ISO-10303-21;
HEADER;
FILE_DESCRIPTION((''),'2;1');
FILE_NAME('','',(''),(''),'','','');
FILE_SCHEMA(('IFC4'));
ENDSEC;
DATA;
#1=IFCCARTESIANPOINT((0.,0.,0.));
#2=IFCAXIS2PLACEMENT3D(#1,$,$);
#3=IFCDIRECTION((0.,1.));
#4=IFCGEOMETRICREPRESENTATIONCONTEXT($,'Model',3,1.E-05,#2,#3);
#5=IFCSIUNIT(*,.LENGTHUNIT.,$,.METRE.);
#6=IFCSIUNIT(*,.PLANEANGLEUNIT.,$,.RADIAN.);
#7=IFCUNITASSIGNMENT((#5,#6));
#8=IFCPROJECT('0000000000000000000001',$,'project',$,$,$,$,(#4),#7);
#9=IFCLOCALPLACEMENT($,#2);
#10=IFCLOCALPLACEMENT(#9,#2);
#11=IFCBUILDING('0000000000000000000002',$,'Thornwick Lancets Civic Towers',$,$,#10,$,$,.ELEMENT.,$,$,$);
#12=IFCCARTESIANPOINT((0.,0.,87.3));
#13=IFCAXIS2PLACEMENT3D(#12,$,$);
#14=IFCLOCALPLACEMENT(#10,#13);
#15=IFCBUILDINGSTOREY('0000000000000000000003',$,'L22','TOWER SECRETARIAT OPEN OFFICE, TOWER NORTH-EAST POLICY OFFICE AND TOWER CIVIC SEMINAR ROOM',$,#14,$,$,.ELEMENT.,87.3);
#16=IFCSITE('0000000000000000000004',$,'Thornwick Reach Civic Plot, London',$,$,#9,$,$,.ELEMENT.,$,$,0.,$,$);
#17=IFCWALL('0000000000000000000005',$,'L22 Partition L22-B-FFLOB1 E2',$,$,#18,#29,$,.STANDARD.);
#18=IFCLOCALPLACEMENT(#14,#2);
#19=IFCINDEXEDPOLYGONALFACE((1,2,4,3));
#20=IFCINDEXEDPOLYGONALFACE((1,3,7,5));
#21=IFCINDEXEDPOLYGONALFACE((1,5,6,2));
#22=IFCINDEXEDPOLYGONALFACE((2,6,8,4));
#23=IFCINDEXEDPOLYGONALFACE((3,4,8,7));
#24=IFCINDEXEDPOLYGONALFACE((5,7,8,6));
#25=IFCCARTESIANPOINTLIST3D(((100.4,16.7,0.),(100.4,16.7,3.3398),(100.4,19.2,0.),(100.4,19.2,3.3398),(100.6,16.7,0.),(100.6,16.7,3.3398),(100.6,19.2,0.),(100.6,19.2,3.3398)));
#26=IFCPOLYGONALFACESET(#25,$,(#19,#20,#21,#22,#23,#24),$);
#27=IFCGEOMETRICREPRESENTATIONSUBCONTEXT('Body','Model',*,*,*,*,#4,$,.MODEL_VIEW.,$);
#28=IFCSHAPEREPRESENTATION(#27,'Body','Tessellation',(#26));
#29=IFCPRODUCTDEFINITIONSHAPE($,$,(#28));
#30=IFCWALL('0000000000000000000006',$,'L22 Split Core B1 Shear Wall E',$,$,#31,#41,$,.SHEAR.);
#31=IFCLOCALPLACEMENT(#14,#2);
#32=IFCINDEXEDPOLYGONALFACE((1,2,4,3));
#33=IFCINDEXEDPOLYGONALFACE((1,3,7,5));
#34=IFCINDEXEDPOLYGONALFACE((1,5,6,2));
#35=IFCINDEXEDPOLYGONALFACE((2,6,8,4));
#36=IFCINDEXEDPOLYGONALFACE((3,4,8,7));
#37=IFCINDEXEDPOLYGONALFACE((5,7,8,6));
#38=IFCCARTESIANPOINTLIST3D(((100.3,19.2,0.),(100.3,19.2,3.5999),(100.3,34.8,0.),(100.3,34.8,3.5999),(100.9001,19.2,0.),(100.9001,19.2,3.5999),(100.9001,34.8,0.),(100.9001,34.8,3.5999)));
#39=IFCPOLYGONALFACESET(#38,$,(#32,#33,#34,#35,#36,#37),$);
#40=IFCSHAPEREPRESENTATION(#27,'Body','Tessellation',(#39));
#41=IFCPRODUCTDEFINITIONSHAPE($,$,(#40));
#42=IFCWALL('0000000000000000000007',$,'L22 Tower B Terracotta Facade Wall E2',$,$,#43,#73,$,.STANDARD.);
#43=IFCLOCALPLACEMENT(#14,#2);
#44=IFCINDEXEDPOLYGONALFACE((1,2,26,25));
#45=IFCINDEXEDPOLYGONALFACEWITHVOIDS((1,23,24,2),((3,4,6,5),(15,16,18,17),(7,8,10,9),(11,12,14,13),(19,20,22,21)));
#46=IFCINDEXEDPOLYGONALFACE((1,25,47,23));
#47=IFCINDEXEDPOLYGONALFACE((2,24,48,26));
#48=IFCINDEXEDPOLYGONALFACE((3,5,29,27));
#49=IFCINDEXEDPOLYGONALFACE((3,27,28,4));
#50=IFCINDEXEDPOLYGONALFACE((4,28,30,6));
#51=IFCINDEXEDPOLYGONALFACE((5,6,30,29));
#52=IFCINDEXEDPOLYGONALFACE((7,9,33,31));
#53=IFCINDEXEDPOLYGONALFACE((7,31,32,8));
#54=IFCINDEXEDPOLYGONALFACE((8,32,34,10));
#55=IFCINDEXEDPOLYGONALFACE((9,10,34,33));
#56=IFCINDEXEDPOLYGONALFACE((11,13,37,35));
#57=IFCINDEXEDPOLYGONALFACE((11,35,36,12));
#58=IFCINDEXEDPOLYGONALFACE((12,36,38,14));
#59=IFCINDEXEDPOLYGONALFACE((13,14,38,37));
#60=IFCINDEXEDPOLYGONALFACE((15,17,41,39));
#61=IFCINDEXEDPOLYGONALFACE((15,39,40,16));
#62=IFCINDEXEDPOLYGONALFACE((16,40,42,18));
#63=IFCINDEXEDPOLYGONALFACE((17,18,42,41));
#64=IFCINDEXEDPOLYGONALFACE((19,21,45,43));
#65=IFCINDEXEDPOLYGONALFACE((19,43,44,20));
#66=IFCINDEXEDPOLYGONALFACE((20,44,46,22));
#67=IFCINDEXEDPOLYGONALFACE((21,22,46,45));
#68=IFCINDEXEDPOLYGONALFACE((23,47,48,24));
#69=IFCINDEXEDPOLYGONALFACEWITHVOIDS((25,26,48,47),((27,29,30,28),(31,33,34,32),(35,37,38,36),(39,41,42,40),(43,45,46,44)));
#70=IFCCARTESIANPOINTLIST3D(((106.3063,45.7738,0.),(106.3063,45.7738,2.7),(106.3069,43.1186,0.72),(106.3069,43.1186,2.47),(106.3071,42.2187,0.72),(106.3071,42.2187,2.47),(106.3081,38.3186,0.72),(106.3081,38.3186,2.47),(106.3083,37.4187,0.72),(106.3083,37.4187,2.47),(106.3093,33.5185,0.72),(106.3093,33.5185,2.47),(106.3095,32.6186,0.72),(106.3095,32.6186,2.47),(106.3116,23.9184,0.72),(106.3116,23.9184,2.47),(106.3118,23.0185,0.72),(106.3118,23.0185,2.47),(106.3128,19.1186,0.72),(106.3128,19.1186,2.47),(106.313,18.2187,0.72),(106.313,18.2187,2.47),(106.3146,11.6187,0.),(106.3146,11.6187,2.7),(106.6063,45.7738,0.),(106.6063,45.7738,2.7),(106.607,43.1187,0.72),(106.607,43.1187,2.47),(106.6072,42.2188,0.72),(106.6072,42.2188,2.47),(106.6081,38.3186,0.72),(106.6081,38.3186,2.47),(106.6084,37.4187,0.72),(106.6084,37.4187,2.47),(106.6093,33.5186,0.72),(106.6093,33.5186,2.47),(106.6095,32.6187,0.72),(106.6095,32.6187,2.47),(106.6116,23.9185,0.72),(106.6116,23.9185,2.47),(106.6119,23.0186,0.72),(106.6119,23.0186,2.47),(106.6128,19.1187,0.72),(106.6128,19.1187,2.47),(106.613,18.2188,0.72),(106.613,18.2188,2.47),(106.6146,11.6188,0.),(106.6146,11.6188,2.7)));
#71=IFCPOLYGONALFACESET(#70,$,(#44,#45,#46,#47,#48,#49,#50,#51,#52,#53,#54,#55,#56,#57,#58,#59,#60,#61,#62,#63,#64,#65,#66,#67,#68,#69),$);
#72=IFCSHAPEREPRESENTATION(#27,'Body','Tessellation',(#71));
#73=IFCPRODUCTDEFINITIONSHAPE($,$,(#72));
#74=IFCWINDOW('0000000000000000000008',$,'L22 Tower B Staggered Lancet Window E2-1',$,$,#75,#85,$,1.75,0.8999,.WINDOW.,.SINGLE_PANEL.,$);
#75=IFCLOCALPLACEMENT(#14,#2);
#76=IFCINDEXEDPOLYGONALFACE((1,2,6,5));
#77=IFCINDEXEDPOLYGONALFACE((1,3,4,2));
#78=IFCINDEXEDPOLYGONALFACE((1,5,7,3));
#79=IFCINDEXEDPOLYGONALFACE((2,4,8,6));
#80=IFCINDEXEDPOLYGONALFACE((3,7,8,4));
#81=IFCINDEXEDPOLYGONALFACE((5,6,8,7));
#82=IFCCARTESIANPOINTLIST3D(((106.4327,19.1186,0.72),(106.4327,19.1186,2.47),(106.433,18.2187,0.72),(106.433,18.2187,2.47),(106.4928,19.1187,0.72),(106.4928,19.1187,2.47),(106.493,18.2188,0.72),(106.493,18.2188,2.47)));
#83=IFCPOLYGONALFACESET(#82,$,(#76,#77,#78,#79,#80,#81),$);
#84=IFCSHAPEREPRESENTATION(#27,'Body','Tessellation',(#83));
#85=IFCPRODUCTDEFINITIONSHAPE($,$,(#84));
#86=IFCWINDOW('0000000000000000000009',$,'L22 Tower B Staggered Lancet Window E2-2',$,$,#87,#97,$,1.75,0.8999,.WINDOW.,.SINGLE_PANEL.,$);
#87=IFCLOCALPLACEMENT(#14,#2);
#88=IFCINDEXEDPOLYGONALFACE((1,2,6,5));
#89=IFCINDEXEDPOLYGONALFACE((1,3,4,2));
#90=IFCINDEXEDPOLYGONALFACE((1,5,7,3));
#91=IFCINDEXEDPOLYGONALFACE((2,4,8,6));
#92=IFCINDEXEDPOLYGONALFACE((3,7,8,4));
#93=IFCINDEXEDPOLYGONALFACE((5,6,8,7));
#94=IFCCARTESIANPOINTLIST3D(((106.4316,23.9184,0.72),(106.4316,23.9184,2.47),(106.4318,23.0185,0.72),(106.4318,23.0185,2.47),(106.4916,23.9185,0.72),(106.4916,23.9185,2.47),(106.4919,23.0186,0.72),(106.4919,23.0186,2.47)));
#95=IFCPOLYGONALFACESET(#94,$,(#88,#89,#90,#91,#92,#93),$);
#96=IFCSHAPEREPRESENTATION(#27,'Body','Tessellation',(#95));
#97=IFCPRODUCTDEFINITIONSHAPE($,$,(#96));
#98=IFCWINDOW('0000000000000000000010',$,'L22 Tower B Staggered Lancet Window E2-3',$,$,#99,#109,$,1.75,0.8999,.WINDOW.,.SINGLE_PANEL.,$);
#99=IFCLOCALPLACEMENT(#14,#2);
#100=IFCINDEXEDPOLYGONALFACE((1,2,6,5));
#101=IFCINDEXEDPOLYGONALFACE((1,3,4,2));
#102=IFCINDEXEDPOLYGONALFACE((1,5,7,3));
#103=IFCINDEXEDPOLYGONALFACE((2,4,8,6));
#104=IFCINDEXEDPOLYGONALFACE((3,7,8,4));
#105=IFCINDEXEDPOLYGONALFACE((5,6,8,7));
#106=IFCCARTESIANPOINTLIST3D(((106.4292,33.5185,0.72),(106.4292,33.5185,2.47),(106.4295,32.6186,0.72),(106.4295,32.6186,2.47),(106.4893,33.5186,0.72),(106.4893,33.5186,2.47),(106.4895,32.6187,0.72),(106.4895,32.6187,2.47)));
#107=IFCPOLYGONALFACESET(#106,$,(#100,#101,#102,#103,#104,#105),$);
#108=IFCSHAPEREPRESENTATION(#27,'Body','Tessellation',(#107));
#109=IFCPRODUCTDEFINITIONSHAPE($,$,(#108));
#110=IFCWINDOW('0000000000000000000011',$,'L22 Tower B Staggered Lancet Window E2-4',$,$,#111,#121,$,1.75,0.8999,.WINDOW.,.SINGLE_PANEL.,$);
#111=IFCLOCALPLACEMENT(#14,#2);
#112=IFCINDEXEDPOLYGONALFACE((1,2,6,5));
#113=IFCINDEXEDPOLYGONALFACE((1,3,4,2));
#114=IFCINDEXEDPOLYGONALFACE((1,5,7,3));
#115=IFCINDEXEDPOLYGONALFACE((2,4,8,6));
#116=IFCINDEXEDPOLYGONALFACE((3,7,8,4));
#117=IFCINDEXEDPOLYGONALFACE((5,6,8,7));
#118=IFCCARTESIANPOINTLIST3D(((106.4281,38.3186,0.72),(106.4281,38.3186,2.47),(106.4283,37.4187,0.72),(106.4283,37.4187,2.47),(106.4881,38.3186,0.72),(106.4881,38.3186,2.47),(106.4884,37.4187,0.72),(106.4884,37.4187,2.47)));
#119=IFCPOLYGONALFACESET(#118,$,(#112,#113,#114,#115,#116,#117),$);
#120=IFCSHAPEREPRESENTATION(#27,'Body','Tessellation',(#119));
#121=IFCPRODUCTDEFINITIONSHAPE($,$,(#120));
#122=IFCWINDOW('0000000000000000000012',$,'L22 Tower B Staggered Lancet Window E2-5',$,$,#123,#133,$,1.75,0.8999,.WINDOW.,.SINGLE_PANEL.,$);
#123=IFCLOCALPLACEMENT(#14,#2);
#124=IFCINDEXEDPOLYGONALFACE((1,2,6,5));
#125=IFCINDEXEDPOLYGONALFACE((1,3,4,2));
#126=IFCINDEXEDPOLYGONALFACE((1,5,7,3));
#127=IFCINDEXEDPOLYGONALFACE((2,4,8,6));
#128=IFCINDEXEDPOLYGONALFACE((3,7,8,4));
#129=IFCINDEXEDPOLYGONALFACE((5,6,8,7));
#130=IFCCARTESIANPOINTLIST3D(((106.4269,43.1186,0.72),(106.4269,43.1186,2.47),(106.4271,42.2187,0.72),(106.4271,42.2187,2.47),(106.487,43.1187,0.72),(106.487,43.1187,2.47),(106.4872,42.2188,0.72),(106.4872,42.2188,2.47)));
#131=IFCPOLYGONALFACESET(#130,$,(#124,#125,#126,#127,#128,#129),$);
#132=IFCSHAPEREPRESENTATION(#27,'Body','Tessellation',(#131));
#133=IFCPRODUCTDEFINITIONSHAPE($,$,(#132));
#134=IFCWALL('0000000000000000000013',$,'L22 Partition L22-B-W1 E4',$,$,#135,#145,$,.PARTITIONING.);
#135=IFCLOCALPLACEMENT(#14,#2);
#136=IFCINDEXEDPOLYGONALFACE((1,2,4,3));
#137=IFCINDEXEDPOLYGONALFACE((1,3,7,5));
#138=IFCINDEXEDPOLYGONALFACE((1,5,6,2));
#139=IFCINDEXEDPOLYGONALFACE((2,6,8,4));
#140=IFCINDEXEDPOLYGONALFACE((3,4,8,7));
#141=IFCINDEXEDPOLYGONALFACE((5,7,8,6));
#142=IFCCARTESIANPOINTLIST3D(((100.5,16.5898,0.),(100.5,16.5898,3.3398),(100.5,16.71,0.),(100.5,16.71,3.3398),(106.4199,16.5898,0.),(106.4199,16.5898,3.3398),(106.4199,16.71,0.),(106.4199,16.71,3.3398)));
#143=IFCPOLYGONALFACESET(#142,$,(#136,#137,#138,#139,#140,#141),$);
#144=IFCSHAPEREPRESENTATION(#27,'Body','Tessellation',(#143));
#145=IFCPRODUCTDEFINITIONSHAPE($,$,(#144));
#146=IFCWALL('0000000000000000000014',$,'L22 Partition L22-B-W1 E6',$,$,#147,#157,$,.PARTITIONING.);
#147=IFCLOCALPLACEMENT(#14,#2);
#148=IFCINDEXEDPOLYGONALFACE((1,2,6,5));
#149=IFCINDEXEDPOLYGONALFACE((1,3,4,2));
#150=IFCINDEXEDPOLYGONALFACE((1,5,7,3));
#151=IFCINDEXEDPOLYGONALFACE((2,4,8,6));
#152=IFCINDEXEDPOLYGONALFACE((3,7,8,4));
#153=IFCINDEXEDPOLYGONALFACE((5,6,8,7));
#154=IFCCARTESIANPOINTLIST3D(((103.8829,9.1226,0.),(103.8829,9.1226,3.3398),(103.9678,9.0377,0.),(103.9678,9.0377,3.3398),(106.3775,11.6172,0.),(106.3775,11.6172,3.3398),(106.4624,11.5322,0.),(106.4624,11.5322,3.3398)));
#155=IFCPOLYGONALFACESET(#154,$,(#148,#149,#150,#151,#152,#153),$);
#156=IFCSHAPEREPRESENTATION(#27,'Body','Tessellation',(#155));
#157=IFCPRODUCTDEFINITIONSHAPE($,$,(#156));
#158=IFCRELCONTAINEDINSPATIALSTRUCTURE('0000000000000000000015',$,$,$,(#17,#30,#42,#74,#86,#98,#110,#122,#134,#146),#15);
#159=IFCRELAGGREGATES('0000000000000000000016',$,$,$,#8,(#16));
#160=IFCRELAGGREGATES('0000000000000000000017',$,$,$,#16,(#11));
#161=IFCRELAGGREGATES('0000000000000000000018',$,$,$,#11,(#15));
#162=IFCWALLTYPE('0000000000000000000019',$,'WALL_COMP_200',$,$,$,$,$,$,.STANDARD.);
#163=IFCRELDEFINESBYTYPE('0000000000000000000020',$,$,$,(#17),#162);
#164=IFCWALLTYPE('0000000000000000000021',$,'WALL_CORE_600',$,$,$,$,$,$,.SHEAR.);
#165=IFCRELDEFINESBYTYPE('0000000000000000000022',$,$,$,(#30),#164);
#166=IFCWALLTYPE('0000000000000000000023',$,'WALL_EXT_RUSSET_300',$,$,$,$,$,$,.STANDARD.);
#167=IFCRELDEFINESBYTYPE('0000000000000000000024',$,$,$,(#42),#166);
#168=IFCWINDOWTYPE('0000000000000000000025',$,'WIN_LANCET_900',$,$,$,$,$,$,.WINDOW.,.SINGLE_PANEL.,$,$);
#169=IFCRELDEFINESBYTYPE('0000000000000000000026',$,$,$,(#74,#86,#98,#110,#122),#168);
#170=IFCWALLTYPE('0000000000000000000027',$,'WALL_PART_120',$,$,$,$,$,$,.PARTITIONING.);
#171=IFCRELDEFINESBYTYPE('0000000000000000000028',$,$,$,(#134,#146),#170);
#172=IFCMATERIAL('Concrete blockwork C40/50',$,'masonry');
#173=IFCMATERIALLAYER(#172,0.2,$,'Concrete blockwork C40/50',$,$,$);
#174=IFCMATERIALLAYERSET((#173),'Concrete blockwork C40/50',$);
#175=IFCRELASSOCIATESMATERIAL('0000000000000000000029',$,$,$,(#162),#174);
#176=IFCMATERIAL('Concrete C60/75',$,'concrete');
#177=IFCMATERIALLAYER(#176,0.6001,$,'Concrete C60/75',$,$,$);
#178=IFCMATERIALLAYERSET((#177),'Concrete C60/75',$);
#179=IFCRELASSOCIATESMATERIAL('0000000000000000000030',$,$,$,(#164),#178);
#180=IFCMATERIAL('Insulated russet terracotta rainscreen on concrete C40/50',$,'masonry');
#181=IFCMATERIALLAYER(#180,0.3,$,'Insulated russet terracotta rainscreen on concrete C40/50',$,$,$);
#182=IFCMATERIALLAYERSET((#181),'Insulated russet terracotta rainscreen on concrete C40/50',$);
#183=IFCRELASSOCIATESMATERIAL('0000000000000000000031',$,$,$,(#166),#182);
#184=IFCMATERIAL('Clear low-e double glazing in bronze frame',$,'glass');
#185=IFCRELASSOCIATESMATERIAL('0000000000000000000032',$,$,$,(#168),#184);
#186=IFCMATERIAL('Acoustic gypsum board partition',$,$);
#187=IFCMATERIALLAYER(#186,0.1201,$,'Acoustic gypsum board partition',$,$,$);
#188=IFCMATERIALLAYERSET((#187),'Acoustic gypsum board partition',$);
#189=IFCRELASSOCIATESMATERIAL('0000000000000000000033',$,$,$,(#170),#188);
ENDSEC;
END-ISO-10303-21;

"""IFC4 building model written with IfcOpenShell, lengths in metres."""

from ifc_helpers import new_model, si_unit, direction, frame, frame_2d, origin, place, context, subcontext, project, spatial, rectangle, extrude, material, layer, layer_set, type_object, element, fill, save


model = new_model("IFC4")

# Units and contexts
model_context = context("Model", 3, precision=1e-05, world=origin(), true_north=direction((0.0, 1.0)))
body_context = subcontext(model_context, "Body", "Model", "MODEL_VIEW")
ifc_project = project(units=[si_unit("LENGTHUNIT", "METRE"), si_unit("PLANEANGLEUNIT", "RADIAN")], contexts=[model_context])

# Site, building, storey
site_placement = place(None, origin())
site = spatial("IfcSite", under=ifc_project, at=site_placement, Name="Thornwick Reach Civic Plot, London", CompositionType="ELEMENT", RefElevation=0.0)
building_placement = place(site_placement, origin())
building = spatial("IfcBuilding", under=site, at=building_placement, Name="Thornwick Lancets Civic Towers", CompositionType="ELEMENT")
storey_placement = place(building_placement, frame((0.0, 0.0, 87.3)))
storey = spatial("IfcBuildingStorey", under=building, at=storey_placement, Name="L22", Description="TOWER SECRETARIAT OPEN OFFICE, TOWER NORTH-EAST POLICY OFFICE AND TOWER CIVIC SEMINAR ROOM", CompositionType="ELEMENT", Elevation=87.3)

# Shared definitions
ifc_material_1 = material(Name="Concrete C60/75", Category="concrete")

# Walls
ifc_material_2 = material(Name="Concrete blockwork C40/50", Category="masonry")
ifc_layer_1 = layer(ifc_material_2, 0.2, Name="Concrete blockwork C40/50")
ifc_layer_set_1 = layer_set([ifc_layer_1], Name="Concrete blockwork C40/50")
wall_type_1 = type_object("IfcWallType", Name="WALL_COMP_200", PredefinedType="STANDARD", material=ifc_layer_set_1)
wall_1_placement = place(storey_placement, frame((100.5, 16.7, 0.0), z_axis=(0.0, 0.0, 1.0), x_axis=(0.0, 1.0, 0.0)))
element("IfcWall", 1, at=wall_1_placement, inside=storey, type_object=wall_type_1, Name="L22 Partition L22-B-FFLOB1 E2", PredefinedType="STANDARD", context=body_context, shape_type="SweptSolid", body=[
    extrude(rectangle(XDim=2.5, YDim=0.2, at=frame_2d((1.25, 0.0))), origin(), (0.0, 0.0, 1.0), 3.3398),
])
ifc_layer_2 = layer(ifc_material_1, 0.6001, Name="Concrete C60/75")
ifc_layer_set_2 = layer_set([ifc_layer_2], Name="Concrete C60/75")
wall_type_2 = type_object("IfcWallType", Name="WALL_CORE_600", PredefinedType="SHEAR", material=ifc_layer_set_2)
wall_2_placement = place(storey_placement, frame((100.6001, 19.2, 0.0), z_axis=(0.0, 0.0, 1.0), x_axis=(0.0, 1.0, 0.0)))
element("IfcWall", 2, at=wall_2_placement, inside=storey, type_object=wall_type_2, Name="L22 Split Core B1 Shear Wall E", PredefinedType="SHEAR", context=body_context, shape_type="SweptSolid", body=[
    extrude(rectangle(XDim=15.6001, YDim=0.6001, at=frame_2d((7.8, 0.0))), origin(), (0.0, 0.0, 1.0), 3.5999),
])

# Wall, openings, windows
ifc_material_3 = material(Name="Insulated russet terracotta rainscreen on concrete C40/50", Category="masonry")
ifc_layer_3 = layer(ifc_material_3, 0.3, Name="Insulated russet terracotta rainscreen on concrete C40/50")
ifc_layer_set_3 = layer_set([ifc_layer_3], Name="Insulated russet terracotta rainscreen on concrete C40/50")
wall_type_3 = type_object("IfcWallType", Name="WALL_EXT_RUSSET_300", PredefinedType="STANDARD", material=ifc_layer_set_3)
wall_3_placement = place(storey_placement, frame((106.4646, 11.6187, 0.0), z_axis=(0.0, 0.0, 1.0), x_axis=(-0.000243, 1.0, 0.0)))
wall_3 = element("IfcWall", 3, at=wall_3_placement, inside=storey, type_object=wall_type_3, Name="L22 Tower B Terracotta Facade Wall E2", PredefinedType="STANDARD", context=body_context, shape_type="SweptSolid", body=[
    extrude(rectangle(XDim=34.155, YDim=0.3, at=frame_2d((17.0776, 0.0))), origin(), (0.0, 0.0, 1.0), 2.7),
])
opening_1_placement = place(wall_3_placement, frame((6.6001, 0.0, 0.72)))
opening_1 = element("IfcOpeningElement", 4, at=opening_1_placement, cuts=wall_3, PredefinedType="OPENING", context=body_context, shape_type="SweptSolid", body=[
    extrude(rectangle(XDim=0.8999, YDim=1.75, at=frame_2d((0.45, 0.875))), frame((0.0, 0.1602, 0.0), z_axis=(0.0, -1.0, 0.0), x_axis=(1.0, 0.0, 0.0)), (0.0, 0.0, 1.0), 0.3201),
])
opening_2_placement = place(wall_3_placement, frame((11.3999, 0.0, 0.72)))
opening_2 = element("IfcOpeningElement", 5, at=opening_2_placement, cuts=wall_3, PredefinedType="OPENING", context=body_context, shape_type="SweptSolid", body=[
    extrude(rectangle(XDim=0.8999, YDim=1.75, at=frame_2d((0.45, 0.875))), frame((0.0, 0.1602, 0.0), z_axis=(0.0, -1.0, 0.0), x_axis=(1.0, 0.0, 0.0)), (0.0, 0.0, 1.0), 0.3201),
])
opening_3_placement = place(wall_3_placement, frame((21.0, 0.0, 0.72)))
opening_3 = element("IfcOpeningElement", 6, at=opening_3_placement, cuts=wall_3, PredefinedType="OPENING", context=body_context, shape_type="SweptSolid", body=[
    extrude(rectangle(XDim=0.8999, YDim=1.75, at=frame_2d((0.45, 0.875))), frame((0.0, 0.1602, 0.0), z_axis=(0.0, -1.0, 0.0), x_axis=(1.0, 0.0, 0.0)), (0.0, 0.0, 1.0), 0.3201),
])
opening_4_placement = place(wall_3_placement, frame((25.8, 0.0, 0.72)))
opening_4 = element("IfcOpeningElement", 7, at=opening_4_placement, cuts=wall_3, PredefinedType="OPENING", context=body_context, shape_type="SweptSolid", body=[
    extrude(rectangle(XDim=0.8999, YDim=1.75, at=frame_2d((0.45, 0.875))), frame((0.0, 0.1602, 0.0), z_axis=(0.0, -1.0, 0.0), x_axis=(1.0, 0.0, 0.0)), (0.0, 0.0, 1.0), 0.3201),
])
opening_5_placement = place(wall_3_placement, frame((30.6001, 0.0, 0.72)))
opening_5 = element("IfcOpeningElement", 8, at=opening_5_placement, cuts=wall_3, PredefinedType="OPENING", context=body_context, shape_type="SweptSolid", body=[
    extrude(rectangle(XDim=0.8999, YDim=1.75, at=frame_2d((0.45, 0.875))), frame((0.0, 0.1602, 0.0), z_axis=(0.0, -1.0, 0.0), x_axis=(1.0, 0.0, 0.0)), (0.0, 0.0, 1.0), 0.3201),
])
ifc_material_4 = material(Name="Clear low-e double glazing in bronze frame", Category="glass")
window_type = type_object("IfcWindowType", Name="WIN_LANCET_900", PartitioningType="SINGLE_PANEL", PredefinedType="WINDOW", material=ifc_material_4)
window_1_placement = place(opening_1_placement, origin())
window_1 = element("IfcWindow", 9, at=window_1_placement, inside=storey, type_object=window_type, Name="L22 Tower B Staggered Lancet Window E2-1", OverallHeight=1.75, OverallWidth=0.8999, PartitioningType="SINGLE_PANEL", PredefinedType="WINDOW", context=body_context, shape_type="SweptSolid", body=[
    extrude(rectangle(XDim=0.8999, YDim=1.75, at=frame_2d((0.45, 0.875))), frame((0.0, 0.03, 0.0), z_axis=(0.0, -1.0, 0.0), x_axis=(1.0, 0.0, 0.0)), (0.0, 0.0, 1.0), 0.0601),
])
fill(opening_1, window_1)
window_2_placement = place(opening_2_placement, origin())
window_2 = element("IfcWindow", 10, at=window_2_placement, inside=storey, type_object=window_type, Name="L22 Tower B Staggered Lancet Window E2-2", OverallHeight=1.75, OverallWidth=0.8999, PartitioningType="SINGLE_PANEL", PredefinedType="WINDOW", context=body_context, shape_type="SweptSolid", body=[
    extrude(rectangle(XDim=0.8999, YDim=1.75, at=frame_2d((0.45, 0.875))), frame((0.0, 0.03, 0.0), z_axis=(0.0, -1.0, 0.0), x_axis=(1.0, 0.0, 0.0)), (0.0, 0.0, 1.0), 0.0601),
])
fill(opening_2, window_2)
window_3_placement = place(opening_3_placement, origin())
window_3 = element("IfcWindow", 11, at=window_3_placement, inside=storey, type_object=window_type, Name="L22 Tower B Staggered Lancet Window E2-3", OverallHeight=1.75, OverallWidth=0.8999, PartitioningType="SINGLE_PANEL", PredefinedType="WINDOW", context=body_context, shape_type="SweptSolid", body=[
    extrude(rectangle(XDim=0.8999, YDim=1.75, at=frame_2d((0.45, 0.875))), frame((0.0, 0.03, 0.0), z_axis=(0.0, -1.0, 0.0), x_axis=(1.0, 0.0, 0.0)), (0.0, 0.0, 1.0), 0.0601),
])
fill(opening_3, window_3)
window_4_placement = place(opening_4_placement, origin())
window_4 = element("IfcWindow", 12, at=window_4_placement, inside=storey, type_object=window_type, Name="L22 Tower B Staggered Lancet Window E2-4", OverallHeight=1.75, OverallWidth=0.8999, PartitioningType="SINGLE_PANEL", PredefinedType="WINDOW", context=body_context, shape_type="SweptSolid", body=[
    extrude(rectangle(XDim=0.8999, YDim=1.75, at=frame_2d((0.45, 0.875))), frame((0.0, 0.03, 0.0), z_axis=(0.0, -1.0, 0.0), x_axis=(1.0, 0.0, 0.0)), (0.0, 0.0, 1.0), 0.0601),
])
fill(opening_4, window_4)
window_5_placement = place(opening_5_placement, origin())
window_5 = element("IfcWindow", 13, at=window_5_placement, inside=storey, type_object=window_type, Name="L22 Tower B Staggered Lancet Window E2-5", OverallHeight=1.75, OverallWidth=0.8999, PartitioningType="SINGLE_PANEL", PredefinedType="WINDOW", context=body_context, shape_type="SweptSolid", body=[
    extrude(rectangle(XDim=0.8999, YDim=1.75, at=frame_2d((0.45, 0.875))), frame((0.0, 0.03, 0.0), z_axis=(0.0, -1.0, 0.0), x_axis=(1.0, 0.0, 0.0)), (0.0, 0.0, 1.0), 0.0601),
])
fill(opening_5, window_5)

# Walls
ifc_material_5 = material(Name="Acoustic gypsum board partition")
ifc_layer_4 = layer(ifc_material_5, 0.1201, Name="Acoustic gypsum board partition")
ifc_layer_set_4 = layer_set([ifc_layer_4], Name="Acoustic gypsum board partition")
wall_type_4 = type_object("IfcWallType", Name="WALL_PART_120", PredefinedType="PARTITIONING", material=ifc_layer_set_4)
wall_4_placement = place(storey_placement, frame((100.5, 16.6499, 0.0), z_axis=(0.0, 0.0, 1.0), x_axis=(1.0, 0.0, 0.0)))
element("IfcWall", 14, at=wall_4_placement, inside=storey, type_object=wall_type_4, Name="L22 Partition L22-B-W1 E4", PredefinedType="PARTITIONING", context=body_context, shape_type="SweptSolid", body=[
    extrude(rectangle(XDim=5.9199, YDim=0.1201, at=frame_2d((2.96, 0.0))), origin(), (0.0, 0.0, 1.0), 3.3398),
])
wall_5_placement = place(storey_placement, frame((106.4199, 11.5747, 0.0), z_axis=(0.0, 0.0, 1.0), x_axis=(-0.707107, -0.707107, 0.0)))
element("IfcWall", 15, at=wall_5_placement, inside=storey, type_object=wall_type_4, Name="L22 Partition L22-B-W1 E6", PredefinedType="PARTITIONING", context=body_context, shape_type="SweptSolid", body=[
    extrude(rectangle(XDim=3.5278, YDim=0.1201, at=frame_2d((1.7639, 0.0))), origin(), (0.0, 0.0, 1.0), 3.3398),
])

save(model, "model.ifc")
